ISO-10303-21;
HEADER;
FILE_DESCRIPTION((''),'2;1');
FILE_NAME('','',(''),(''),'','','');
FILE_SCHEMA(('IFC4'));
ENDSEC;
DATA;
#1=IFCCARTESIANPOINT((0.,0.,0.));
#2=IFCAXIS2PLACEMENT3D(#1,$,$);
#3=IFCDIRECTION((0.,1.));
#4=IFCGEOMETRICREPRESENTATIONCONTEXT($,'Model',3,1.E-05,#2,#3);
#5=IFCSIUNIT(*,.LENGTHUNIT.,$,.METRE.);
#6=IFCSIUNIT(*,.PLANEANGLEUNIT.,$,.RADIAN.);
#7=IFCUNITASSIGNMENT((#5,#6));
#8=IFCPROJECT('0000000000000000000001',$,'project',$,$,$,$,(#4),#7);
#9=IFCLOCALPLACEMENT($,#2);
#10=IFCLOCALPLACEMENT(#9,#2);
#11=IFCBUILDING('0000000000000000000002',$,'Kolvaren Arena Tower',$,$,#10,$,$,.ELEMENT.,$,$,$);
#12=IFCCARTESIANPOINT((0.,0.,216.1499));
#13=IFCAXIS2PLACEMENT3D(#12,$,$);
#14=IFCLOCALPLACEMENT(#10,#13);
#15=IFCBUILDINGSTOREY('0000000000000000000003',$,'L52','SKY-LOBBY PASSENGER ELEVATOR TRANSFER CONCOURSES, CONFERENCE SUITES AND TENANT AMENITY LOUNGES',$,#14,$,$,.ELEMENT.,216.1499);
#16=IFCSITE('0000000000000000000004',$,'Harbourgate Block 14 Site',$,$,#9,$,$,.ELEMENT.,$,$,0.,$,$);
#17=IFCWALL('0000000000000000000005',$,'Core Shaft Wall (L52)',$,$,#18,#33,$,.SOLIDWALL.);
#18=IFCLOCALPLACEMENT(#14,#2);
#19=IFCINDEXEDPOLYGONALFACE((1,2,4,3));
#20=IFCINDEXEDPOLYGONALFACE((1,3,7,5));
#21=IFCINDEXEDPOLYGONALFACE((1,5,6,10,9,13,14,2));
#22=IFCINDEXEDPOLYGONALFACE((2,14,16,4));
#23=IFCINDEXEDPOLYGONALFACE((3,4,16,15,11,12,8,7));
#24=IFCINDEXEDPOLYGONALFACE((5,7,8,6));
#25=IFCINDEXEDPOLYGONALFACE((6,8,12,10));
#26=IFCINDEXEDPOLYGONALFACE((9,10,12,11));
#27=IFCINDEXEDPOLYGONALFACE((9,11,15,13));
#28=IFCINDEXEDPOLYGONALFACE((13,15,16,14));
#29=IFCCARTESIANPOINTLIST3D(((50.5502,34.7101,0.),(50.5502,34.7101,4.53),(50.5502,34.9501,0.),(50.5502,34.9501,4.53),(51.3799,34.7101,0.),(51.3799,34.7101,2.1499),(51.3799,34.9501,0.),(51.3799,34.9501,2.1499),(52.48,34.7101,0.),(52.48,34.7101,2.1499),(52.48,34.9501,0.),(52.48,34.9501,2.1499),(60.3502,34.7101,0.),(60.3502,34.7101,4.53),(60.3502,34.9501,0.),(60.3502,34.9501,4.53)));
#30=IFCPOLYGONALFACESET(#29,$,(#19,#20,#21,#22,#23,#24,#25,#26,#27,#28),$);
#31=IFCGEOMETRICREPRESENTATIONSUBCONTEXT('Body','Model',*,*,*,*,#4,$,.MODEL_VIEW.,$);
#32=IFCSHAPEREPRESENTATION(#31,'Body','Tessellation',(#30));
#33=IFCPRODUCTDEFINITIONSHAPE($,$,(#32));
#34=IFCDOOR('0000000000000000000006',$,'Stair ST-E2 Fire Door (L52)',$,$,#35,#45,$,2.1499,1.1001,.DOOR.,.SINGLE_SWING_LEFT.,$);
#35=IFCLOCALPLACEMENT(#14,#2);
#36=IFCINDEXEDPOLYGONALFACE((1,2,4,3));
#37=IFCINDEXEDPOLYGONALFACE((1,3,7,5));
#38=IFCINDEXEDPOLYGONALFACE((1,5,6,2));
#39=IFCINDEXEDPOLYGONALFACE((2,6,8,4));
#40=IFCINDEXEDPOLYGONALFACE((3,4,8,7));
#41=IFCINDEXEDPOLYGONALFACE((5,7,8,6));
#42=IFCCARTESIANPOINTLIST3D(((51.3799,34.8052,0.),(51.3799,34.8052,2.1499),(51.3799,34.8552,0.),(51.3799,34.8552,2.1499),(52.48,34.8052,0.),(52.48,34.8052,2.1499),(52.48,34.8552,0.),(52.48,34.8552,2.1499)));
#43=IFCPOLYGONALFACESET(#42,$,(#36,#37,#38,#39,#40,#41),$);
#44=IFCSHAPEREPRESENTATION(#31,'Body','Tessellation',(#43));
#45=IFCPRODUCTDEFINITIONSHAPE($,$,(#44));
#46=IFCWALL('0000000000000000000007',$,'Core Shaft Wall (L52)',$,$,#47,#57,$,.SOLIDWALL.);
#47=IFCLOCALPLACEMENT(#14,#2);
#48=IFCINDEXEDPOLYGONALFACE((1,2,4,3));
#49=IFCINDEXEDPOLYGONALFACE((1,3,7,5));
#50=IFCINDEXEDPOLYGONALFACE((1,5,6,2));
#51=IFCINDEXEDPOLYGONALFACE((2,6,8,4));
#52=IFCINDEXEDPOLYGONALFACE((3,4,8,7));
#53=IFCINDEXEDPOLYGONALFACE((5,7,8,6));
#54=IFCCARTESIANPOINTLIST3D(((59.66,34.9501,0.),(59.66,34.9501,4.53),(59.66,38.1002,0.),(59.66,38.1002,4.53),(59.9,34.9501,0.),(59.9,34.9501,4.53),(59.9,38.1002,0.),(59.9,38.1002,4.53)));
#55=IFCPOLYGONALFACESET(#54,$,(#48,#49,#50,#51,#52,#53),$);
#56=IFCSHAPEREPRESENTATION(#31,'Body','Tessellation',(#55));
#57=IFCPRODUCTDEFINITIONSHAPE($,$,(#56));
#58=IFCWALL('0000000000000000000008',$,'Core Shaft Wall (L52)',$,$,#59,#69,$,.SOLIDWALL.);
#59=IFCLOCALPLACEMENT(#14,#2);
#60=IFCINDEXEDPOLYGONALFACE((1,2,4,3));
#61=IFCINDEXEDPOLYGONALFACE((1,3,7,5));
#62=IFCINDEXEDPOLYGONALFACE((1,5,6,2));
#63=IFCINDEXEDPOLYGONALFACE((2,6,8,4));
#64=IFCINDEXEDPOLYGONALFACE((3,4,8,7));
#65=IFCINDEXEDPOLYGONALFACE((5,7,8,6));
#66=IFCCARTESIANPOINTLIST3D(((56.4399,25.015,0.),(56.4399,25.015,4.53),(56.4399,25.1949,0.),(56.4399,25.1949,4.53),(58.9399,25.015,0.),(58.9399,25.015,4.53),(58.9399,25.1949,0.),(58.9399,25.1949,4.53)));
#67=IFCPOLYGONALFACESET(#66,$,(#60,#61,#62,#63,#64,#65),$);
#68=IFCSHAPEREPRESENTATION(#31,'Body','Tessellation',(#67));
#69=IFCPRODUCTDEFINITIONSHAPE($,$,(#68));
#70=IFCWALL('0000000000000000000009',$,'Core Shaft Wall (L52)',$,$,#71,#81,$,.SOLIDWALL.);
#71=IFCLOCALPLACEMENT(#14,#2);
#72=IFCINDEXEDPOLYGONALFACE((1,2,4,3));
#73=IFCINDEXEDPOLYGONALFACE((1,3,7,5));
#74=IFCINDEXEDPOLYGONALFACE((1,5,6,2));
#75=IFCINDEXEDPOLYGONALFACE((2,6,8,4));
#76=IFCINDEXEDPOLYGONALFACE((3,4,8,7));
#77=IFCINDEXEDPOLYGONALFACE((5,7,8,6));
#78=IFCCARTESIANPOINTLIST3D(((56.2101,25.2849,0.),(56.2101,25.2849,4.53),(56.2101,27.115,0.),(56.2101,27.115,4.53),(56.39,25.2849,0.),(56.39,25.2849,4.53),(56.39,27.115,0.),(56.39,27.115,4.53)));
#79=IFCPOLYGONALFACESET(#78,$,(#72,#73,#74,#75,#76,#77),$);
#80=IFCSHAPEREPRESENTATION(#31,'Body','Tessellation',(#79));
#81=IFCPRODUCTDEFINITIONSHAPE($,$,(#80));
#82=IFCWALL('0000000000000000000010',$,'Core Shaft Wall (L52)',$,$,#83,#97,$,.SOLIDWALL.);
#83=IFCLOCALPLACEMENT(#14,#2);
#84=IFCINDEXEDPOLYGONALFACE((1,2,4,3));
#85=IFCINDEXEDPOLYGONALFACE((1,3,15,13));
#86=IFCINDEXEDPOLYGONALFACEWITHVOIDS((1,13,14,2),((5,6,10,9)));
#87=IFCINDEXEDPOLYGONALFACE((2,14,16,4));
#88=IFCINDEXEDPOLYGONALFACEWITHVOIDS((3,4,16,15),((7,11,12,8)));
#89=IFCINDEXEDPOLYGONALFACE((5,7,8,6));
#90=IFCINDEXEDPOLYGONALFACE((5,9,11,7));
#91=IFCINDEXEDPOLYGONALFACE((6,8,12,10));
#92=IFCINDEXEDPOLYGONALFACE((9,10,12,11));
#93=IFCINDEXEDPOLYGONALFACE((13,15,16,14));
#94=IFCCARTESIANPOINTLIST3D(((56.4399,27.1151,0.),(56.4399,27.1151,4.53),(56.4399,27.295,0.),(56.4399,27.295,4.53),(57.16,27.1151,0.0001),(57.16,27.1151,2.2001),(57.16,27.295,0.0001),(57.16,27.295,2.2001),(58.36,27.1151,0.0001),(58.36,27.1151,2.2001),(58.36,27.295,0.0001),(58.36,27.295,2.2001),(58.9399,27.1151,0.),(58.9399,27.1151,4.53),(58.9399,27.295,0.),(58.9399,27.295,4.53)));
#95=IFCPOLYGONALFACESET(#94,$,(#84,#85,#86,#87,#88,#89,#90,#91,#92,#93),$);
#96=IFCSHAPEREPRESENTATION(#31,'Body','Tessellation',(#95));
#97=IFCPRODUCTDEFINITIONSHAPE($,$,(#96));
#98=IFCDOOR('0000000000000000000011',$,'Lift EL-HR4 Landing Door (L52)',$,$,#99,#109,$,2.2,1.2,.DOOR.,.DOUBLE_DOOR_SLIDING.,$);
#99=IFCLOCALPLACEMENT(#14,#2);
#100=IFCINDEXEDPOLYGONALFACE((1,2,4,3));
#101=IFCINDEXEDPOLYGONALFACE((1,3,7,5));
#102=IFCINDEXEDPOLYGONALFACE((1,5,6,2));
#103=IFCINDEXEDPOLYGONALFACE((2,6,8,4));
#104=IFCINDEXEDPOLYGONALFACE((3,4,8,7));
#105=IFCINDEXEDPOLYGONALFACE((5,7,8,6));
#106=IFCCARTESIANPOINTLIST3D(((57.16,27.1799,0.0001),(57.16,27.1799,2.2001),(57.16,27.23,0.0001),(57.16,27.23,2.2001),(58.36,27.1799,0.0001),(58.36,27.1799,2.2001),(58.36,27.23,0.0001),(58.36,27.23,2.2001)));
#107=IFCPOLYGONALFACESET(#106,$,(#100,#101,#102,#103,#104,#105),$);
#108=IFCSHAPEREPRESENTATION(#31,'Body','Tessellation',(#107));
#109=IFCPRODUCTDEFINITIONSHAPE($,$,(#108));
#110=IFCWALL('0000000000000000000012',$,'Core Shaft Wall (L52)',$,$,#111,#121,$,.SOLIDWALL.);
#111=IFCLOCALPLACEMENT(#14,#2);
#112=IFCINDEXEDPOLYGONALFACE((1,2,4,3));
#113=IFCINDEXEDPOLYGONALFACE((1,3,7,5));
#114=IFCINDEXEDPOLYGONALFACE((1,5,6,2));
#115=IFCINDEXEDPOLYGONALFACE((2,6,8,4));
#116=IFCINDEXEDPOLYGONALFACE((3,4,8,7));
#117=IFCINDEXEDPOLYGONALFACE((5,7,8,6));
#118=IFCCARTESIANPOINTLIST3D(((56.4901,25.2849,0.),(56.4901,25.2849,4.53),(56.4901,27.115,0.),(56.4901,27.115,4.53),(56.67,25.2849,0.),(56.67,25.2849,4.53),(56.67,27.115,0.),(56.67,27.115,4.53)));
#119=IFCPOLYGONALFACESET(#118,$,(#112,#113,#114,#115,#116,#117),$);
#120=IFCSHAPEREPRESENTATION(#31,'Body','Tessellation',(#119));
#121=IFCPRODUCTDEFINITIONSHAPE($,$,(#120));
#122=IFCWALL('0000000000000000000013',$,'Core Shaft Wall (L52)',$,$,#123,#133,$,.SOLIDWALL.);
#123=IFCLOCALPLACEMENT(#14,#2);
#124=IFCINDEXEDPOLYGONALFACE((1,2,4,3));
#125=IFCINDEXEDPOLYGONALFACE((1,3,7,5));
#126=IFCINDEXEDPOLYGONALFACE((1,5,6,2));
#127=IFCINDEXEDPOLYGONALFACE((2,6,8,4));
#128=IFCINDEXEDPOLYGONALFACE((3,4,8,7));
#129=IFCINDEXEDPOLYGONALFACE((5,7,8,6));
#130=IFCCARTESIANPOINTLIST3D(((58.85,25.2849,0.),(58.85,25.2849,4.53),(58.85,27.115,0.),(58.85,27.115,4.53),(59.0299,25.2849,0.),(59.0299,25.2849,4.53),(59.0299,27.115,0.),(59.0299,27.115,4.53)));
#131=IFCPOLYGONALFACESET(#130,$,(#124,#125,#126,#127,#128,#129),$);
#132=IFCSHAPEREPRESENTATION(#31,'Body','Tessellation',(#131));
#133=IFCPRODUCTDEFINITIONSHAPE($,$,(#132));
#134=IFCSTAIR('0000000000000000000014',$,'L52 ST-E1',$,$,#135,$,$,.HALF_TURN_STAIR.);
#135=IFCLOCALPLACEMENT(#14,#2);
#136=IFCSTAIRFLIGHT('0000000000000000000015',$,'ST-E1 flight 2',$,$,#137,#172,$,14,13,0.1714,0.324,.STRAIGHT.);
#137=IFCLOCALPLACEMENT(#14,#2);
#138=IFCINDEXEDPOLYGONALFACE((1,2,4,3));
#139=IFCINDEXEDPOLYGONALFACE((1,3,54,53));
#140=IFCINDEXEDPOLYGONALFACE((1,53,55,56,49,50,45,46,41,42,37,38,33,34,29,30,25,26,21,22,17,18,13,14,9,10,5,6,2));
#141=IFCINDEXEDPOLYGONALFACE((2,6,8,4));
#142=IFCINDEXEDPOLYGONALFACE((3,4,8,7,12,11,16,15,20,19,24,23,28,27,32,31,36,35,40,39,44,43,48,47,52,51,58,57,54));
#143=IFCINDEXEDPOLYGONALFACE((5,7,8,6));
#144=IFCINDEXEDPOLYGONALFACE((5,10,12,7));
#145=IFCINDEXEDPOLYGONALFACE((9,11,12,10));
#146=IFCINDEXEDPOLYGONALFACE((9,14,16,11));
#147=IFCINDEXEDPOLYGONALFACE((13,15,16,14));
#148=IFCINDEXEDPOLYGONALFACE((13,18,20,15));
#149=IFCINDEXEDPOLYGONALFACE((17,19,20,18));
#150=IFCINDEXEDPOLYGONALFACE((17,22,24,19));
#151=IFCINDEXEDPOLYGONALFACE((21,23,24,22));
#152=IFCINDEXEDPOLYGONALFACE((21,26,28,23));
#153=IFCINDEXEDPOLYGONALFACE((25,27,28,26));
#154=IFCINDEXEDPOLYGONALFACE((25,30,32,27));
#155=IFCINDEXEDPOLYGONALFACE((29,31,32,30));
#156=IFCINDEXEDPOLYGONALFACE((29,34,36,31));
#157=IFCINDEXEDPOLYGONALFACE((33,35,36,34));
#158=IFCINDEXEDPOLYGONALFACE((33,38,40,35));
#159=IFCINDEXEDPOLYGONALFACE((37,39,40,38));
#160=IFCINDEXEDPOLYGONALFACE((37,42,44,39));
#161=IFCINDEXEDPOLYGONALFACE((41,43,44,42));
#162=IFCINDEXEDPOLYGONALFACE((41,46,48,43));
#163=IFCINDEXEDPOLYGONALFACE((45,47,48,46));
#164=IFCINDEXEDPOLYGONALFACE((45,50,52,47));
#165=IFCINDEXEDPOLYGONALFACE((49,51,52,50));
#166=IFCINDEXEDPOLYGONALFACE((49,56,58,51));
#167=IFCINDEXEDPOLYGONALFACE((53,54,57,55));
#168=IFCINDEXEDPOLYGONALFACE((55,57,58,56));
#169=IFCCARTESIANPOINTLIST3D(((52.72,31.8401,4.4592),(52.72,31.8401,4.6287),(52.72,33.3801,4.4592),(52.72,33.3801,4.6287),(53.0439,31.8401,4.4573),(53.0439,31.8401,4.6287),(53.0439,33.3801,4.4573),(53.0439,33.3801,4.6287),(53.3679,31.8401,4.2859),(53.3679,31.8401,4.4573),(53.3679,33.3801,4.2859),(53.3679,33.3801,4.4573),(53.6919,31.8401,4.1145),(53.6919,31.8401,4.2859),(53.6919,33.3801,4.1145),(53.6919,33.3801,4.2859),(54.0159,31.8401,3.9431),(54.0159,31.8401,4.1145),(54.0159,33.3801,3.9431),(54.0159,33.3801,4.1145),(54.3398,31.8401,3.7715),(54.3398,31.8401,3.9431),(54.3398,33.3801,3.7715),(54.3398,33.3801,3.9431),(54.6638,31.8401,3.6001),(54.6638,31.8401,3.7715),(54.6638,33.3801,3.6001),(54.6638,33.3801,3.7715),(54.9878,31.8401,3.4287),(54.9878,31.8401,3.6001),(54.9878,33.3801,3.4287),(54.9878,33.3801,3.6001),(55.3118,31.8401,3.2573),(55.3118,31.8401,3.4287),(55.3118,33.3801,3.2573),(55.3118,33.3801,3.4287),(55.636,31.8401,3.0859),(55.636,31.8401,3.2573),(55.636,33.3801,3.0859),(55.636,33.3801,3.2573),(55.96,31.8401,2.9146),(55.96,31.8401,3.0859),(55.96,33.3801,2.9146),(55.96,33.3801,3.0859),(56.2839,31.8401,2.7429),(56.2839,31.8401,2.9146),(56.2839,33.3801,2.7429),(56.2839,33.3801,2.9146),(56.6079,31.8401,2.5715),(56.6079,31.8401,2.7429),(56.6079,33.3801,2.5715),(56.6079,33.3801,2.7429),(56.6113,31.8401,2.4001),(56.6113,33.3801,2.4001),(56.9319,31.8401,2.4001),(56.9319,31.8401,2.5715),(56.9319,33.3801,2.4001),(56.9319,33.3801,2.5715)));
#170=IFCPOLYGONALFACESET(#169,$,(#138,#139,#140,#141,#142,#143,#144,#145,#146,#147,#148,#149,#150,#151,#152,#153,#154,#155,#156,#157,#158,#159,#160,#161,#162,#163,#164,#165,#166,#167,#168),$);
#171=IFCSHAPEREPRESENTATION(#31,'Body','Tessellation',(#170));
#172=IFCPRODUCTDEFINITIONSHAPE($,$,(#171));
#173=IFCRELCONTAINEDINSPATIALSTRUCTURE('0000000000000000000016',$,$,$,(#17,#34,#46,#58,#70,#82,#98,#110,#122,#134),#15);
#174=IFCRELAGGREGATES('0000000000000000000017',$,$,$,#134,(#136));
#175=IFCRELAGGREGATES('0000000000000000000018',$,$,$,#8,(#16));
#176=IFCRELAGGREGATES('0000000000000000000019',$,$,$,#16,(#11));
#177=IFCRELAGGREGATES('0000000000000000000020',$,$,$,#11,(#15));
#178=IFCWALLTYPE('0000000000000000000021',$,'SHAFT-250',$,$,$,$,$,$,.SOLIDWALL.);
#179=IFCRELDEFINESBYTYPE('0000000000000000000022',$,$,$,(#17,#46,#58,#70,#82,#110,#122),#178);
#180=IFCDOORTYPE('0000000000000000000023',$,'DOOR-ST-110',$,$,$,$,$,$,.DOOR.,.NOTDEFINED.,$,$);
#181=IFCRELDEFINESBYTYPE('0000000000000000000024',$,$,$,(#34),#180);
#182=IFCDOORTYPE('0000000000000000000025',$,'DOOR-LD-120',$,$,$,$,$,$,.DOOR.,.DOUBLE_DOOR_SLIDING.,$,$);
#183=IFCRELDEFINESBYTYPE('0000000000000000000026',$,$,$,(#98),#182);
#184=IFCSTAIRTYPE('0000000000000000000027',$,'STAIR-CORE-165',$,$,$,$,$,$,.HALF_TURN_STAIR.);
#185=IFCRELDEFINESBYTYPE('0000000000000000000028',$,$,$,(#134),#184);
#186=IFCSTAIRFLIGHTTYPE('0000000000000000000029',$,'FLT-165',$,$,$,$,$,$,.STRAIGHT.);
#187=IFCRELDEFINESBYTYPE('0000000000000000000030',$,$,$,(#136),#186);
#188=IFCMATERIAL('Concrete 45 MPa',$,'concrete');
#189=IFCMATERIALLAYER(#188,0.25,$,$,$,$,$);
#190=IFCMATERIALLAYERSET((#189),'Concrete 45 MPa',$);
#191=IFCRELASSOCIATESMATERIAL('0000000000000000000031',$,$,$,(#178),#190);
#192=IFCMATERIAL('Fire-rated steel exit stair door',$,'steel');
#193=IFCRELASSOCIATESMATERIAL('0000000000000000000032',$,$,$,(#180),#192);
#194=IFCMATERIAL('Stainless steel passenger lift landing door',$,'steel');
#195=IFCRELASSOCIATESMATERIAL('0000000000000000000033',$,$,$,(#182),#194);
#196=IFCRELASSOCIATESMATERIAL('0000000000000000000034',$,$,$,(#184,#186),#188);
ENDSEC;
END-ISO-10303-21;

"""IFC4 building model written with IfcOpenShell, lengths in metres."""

from ifc_helpers import new_model, si_unit, direction, frame, frame_2d, origin, place, context, subcontext, project, spatial, polyline, rectangle, outline, extrude, material, layer, layer_set, type_object, element, fill, aggregate, save


model = new_model("IFC4")

# Units and contexts
model_context = context("Model", 3, precision=1e-05, world=origin(), true_north=direction((0.0, 1.0)))
body_context = subcontext(model_context, "Body", "Model", "MODEL_VIEW")
ifc_project = project(units=[si_unit("LENGTHUNIT", "METRE"), si_unit("PLANEANGLEUNIT", "RADIAN")], contexts=[model_context])

# Site, building, storey
site_placement = place(None, origin())
site = spatial("IfcSite", under=ifc_project, at=site_placement, Name="Harbourgate Block 14 Site", CompositionType="ELEMENT", RefElevation=0.0)
building_placement = place(site_placement, origin())
building = spatial("IfcBuilding", under=site, at=building_placement, Name="Kolvaren Arena Tower", CompositionType="ELEMENT")
storey_placement = place(building_placement, frame((0.0, 0.0, 216.1499)))
storey = spatial("IfcBuildingStorey", under=building, at=storey_placement, Name="L52", Description="SKY-LOBBY PASSENGER ELEVATOR TRANSFER CONCOURSES, CONFERENCE SUITES AND TENANT AMENITY LOUNGES", CompositionType="ELEMENT", Elevation=216.1499)

# Shared definitions
ifc_material_1 = material(Name="Concrete 45 MPa", Category="concrete")
ifc_layer = layer(ifc_material_1, 0.25)
ifc_layer_set = layer_set([ifc_layer], Name="Concrete 45 MPa")
wall_type = type_object("IfcWallType", Name="SHAFT-250", PredefinedType="SOLIDWALL", material=ifc_layer_set)
ifc_material_2 = material(Name="Fire-rated steel exit stair door", Category="steel")
door_type_1 = type_object("IfcDoorType", Name="DOOR-ST-110", OperationType="NOTDEFINED", PredefinedType="DOOR", material=ifc_material_2)

# Wall, opening, door
wall_1_placement = place(storey_placement, frame((60.3501, 34.8301, 0.0), z_axis=(0.0, 0.0, 1.0), x_axis=(-1.0, 0.0, 0.0)))
wall_1 = element("IfcWall", 1, at=wall_1_placement, inside=storey, type_object=wall_type, Name="Core Shaft Wall (L52)", PredefinedType="SOLIDWALL", context=body_context, shape_type="SweptSolid", body=[
    extrude(rectangle(XDim=9.8, YDim=0.24, at=frame_2d((4.8999, 0.0))), origin(), (0.0, 0.0, 1.0), 4.53),
])
opening_1_placement = place(wall_1_placement, frame((7.8701, 0.0, 0.0)))
opening_1 = element("IfcOpeningElement", 2, at=opening_1_placement, cuts=wall_1, PredefinedType="OPENING", context=body_context, shape_type="SweptSolid", body=[
    extrude(rectangle(XDim=1.1001, YDim=2.1499, at=frame_2d((0.55, 1.075))), frame((0.0, 0.1299, 0.0), z_axis=(0.0, -1.0, 0.0), x_axis=(1.0, 0.0, 0.0)), (0.0, 0.0, 1.0), 0.26),
])
door_1_placement = place(opening_1_placement, origin())
door_1 = element("IfcDoor", 3, at=door_1_placement, inside=storey, type_object=door_type_1, Name="Stair ST-E2 Fire Door (L52)", OperationType="SINGLE_SWING_LEFT", OverallHeight=2.1499, OverallWidth=1.1001, PredefinedType="DOOR", context=body_context, shape_type="SweptSolid", body=[
    extrude(rectangle(XDim=1.1001, YDim=2.1499, at=frame_2d((0.55, 1.075))), frame((0.0, 0.0249, 0.0), z_axis=(0.0, -1.0, 0.0), x_axis=(1.0, 0.0, 0.0)), (0.0, 0.0, 1.0), 0.05),
])
fill(opening_1, door_1)

# Walls
wall_2_placement = place(storey_placement, frame((59.78, 34.95, 0.0), z_axis=(0.0, 0.0, 1.0), x_axis=(0.0, 1.0, 0.0)))
element("IfcWall", 4, at=wall_2_placement, inside=storey, type_object=wall_type, Name="Core Shaft Wall (L52)", PredefinedType="SOLIDWALL", context=body_context, shape_type="SweptSolid", body=[
    extrude(rectangle(XDim=3.1501, YDim=0.24, at=frame_2d((1.5752, 0.0))), origin(), (0.0, 0.0, 1.0), 4.53),
])
wall_3_placement = place(storey_placement, frame((56.4399, 25.105, 0.0), z_axis=(0.0, 0.0, 1.0), x_axis=(1.0, 0.0, 0.0)))
element("IfcWall", 5, at=wall_3_placement, inside=storey, type_object=wall_type, Name="Core Shaft Wall (L52)", PredefinedType="SOLIDWALL", context=body_context, shape_type="SweptSolid", body=[
    extrude(rectangle(XDim=2.5, YDim=0.1799, at=frame_2d((1.25, 0.0))), origin(), (0.0, 0.0, 1.0), 4.53),
])
wall_4_placement = place(storey_placement, frame((56.3, 25.2849, 0.0), z_axis=(0.0, 0.0, 1.0), x_axis=(0.0, 1.0, 0.0)))
element("IfcWall", 6, at=wall_4_placement, inside=storey, type_object=wall_type, Name="Core Shaft Wall (L52)", PredefinedType="SOLIDWALL", context=body_context, shape_type="SweptSolid", body=[
    extrude(rectangle(XDim=1.8301, YDim=0.1799, at=frame_2d((0.915, 0.0))), origin(), (0.0, 0.0, 1.0), 4.53),
])

# Wall, opening, door
wall_5_placement = place(storey_placement, frame((56.4399, 27.2051, 0.0), z_axis=(0.0, 0.0, 1.0), x_axis=(1.0, 0.0, 0.0)))
wall_5 = element("IfcWall", 7, at=wall_5_placement, inside=storey, type_object=wall_type, Name="Core Shaft Wall (L52)", PredefinedType="SOLIDWALL", context=body_context, shape_type="SweptSolid", body=[
    extrude(rectangle(XDim=2.5, YDim=0.1799, at=frame_2d((1.25, 0.0))), origin(), (0.0, 0.0, 1.0), 4.53),
])
opening_2_placement = place(wall_5_placement, frame((0.72, 0.0, 0.0)))
opening_2 = element("IfcOpeningElement", 8, at=opening_2_placement, cuts=wall_5, PredefinedType="OPENING", context=body_context, shape_type="SweptSolid", body=[
    extrude(rectangle(XDim=1.2, YDim=2.2, at=frame_2d((0.6001, 1.1001))), frame((0.0, 0.0999, 0.0), z_axis=(0.0, -1.0, 0.0), x_axis=(1.0, 0.0, 0.0)), (0.0, 0.0, 1.0), 0.2),
])
ifc_material_3 = material(Name="Stainless steel passenger lift landing door", Category="steel")
door_type_2 = type_object("IfcDoorType", Name="DOOR-LD-120", OperationType="DOUBLE_DOOR_SLIDING", PredefinedType="DOOR", material=ifc_material_3)
door_2_placement = place(opening_2_placement, origin())
door_2 = element("IfcDoor", 9, at=door_2_placement, inside=storey, type_object=door_type_2, Name="Lift EL-HR4 Landing Door (L52)", OperationType="DOUBLE_DOOR_SLIDING", OverallHeight=2.2, OverallWidth=1.2, PredefinedType="DOOR", context=body_context, shape_type="SweptSolid", body=[
    extrude(rectangle(XDim=1.2, YDim=2.2, at=frame_2d((0.6001, 1.1001))), frame((0.0, 0.0249, 0.0), z_axis=(0.0, -1.0, 0.0), x_axis=(1.0, 0.0, 0.0)), (0.0, 0.0, 1.0), 0.05),
])
fill(opening_2, door_2)

# Walls
for number, where, z_axis, x_axis, name in (
    (10, (56.5801, 25.2849, 0.0), (0.0, 0.0, 1.0), (0.0, 1.0, 0.0), "Core Shaft Wall (L52)"),
    (11, (58.9399, 25.2849, 0.0), (0.0, 0.0, 1.0), (0.0, 1.0, 0.0), "Core Shaft Wall (L52)"),
):
    element("IfcWall", number, at=place(storey_placement, frame(where, z_axis=z_axis, x_axis=x_axis)), inside=storey, type_object=wall_type, Name=name, PredefinedType="SOLIDWALL", context=body_context, shape_type="SweptSolid", body=[
        extrude(rectangle(XDim=1.8301, YDim=0.1799, at=frame_2d((0.915, 0.0))), origin(), (0.0, 0.0, 1.0), 4.53),
    ])

# Stair, stair flight
stair_type = type_object("IfcStairType", Name="STAIR-CORE-165", PredefinedType="HALF_TURN_STAIR", material=ifc_material_1)
stair_placement = place(storey_placement, origin())
stair = element("IfcStair", 12, at=stair_placement, inside=storey, type_object=stair_type, Name="L52 ST-E1", PredefinedType="HALF_TURN_STAIR")
stair_flight_type = type_object("IfcStairFlightType", Name="FLT-165", PredefinedType="STRAIGHT", material=ifc_material_1)
stair_flight_placement = place(storey_placement, frame((56.9319, 32.6101, 2.4001), z_axis=(0.0, 0.0, 1.0), x_axis=(-1.0, 0.0, 0.0)))
stair_flight = element("IfcStairFlight", 13, at=stair_flight_placement, type_object=stair_flight_type, Name="ST-E1 flight 2", NumberOfRisers=14, NumberOfTreads=13, PredefinedType="STRAIGHT", RiserHeight=0.1714, TreadLength=0.324, context=body_context, shape_type="SweptSolid", body=[
    extrude(outline(polyline([(0.0, 0.0), (0.0, 0.1714), (0.324, 0.1714), (0.324, 0.3428), (0.6479, 0.3428), (0.6479, 0.5144), (0.9719, 0.5144), (0.9719, 0.6858), (1.2959, 0.6858), (1.2959, 0.8572), (1.6201, 0.8572), (1.6201, 1.0286), (1.9441, 1.0286), (1.9441, 1.2), (2.2681, 1.2), (2.2681, 1.3713), (2.592, 1.3713), (2.592, 1.543), (2.916, 1.543), (2.916, 1.7144), (3.24, 1.7144), (3.24, 1.8857), (3.564, 1.8857), (3.564, 2.0571), (3.8879, 2.0571), (3.8879, 2.2285), (4.2119, 2.2285), (4.2119, 2.3999), (4.2119, 2.0591), (0.3206, 0.0), (0.0, 0.0)])), frame((0.0, 0.77, 0.0), z_axis=(0.0, -1.0, 0.0), x_axis=(1.0, 0.0, 0.0)), (0.0, 0.0, 1.0), 1.54),
])
aggregate(stair, [stair_flight])

save(model, "model.ifc")
